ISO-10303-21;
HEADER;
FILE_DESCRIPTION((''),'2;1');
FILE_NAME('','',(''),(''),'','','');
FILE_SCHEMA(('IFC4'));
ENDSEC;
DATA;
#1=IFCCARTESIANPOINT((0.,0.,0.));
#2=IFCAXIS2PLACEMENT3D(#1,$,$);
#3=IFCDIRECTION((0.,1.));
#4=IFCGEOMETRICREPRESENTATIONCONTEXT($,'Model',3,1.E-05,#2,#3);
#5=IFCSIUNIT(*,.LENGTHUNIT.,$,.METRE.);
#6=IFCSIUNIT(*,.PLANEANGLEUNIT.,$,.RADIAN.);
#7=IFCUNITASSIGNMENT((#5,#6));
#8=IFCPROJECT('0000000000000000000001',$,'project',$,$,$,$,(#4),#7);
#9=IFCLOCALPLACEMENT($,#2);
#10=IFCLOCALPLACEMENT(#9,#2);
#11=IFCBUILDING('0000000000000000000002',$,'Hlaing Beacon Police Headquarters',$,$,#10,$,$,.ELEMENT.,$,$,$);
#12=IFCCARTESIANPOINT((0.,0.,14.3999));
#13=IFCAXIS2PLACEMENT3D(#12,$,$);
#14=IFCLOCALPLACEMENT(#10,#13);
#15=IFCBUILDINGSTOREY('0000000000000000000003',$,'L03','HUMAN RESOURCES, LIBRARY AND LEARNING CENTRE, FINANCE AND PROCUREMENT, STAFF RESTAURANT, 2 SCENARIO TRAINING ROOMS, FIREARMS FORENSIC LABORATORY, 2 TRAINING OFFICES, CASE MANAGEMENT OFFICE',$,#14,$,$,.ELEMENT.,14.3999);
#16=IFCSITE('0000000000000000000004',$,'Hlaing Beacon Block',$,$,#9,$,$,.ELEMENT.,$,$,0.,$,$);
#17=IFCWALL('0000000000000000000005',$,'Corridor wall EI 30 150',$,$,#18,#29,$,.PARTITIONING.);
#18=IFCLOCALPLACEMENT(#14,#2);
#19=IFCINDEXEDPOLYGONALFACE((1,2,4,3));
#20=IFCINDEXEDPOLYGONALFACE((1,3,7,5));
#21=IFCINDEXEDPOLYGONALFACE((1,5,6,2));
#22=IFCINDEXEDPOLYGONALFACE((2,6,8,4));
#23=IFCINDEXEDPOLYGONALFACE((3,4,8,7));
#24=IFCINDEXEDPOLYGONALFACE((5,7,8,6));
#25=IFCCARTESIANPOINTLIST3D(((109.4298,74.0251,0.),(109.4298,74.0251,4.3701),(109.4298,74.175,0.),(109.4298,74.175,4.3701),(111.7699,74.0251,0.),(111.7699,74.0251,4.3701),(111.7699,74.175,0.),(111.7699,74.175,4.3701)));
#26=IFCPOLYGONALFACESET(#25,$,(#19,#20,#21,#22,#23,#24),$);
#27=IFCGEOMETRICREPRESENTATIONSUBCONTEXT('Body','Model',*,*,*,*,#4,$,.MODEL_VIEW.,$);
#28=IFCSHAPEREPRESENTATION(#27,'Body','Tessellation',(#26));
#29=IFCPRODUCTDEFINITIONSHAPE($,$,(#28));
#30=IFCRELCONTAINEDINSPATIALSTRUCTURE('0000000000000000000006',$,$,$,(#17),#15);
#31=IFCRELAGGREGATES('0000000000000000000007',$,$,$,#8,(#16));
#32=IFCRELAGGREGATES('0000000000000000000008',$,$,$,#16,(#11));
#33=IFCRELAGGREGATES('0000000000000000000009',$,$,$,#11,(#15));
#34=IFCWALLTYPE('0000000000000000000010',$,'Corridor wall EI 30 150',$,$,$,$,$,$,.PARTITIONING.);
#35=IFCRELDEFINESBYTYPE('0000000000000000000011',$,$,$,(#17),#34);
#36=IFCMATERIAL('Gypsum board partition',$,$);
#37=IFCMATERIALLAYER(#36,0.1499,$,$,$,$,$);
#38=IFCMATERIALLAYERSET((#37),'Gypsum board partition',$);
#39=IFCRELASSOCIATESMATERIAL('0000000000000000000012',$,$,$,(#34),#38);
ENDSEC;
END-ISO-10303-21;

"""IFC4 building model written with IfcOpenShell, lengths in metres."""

from ifc_helpers import new_model, si_unit, direction, frame, frame_2d, origin, place, context, subcontext, project, spatial, rectangle, extrude, material, layer, layer_set, type_object, element, save


model = new_model("IFC4")

# Units and contexts
model_context = context("Model", 3, precision=1e-05, world=origin(), true_north=direction((0.0, 1.0)))
body_context = subcontext(model_context, "Body", "Model", "MODEL_VIEW")
ifc_project = project(units=[si_unit("LENGTHUNIT", "METRE"), si_unit("PLANEANGLEUNIT", "RADIAN")], contexts=[model_context])

# Site, building, storey
site_placement = place(None, origin())
site = spatial("IfcSite", under=ifc_project, at=site_placement, Name="Hlaing Beacon Block", CompositionType="ELEMENT", RefElevation=0.0)
building_placement = place(site_placement, origin())
building = spatial("IfcBuilding", under=site, at=building_placement, Name="Hlaing Beacon Police Headquarters", CompositionType="ELEMENT")
storey_placement = place(building_placement, frame((0.0, 0.0, 14.3999)))
storey = spatial("IfcBuildingStorey", under=building, at=storey_placement, Name="L03", Description="HUMAN RESOURCES, LIBRARY AND LEARNING CENTRE, FINANCE AND PROCUREMENT, STAFF RESTAURANT, 2 SCENARIO TRAINING ROOMS, FIREARMS FORENSIC LABORATORY, 2 TRAINING OFFICES, CASE MANAGEMENT OFFICE", CompositionType="ELEMENT", Elevation=14.3999)

# Shared definitions
ifc_material_1 = material(Name="Gypsum board partition")
ifc_layer_1 = layer(ifc_material_1, 0.1499)
ifc_layer_set_1 = layer_set([ifc_layer_1], Name="Gypsum board partition")
wall_type = type_object("IfcWallType", Name="Corridor wall EI 30 150", PredefinedType="PARTITIONING", material=ifc_layer_set_1)

# Wall
wall_1_placement = place(storey_placement, frame((109.4299, 74.1001, 0.0), z_axis=(0.0, 0.0, 1.0), x_axis=(1.0, 0.0, 0.0)))
element("IfcWall", 1, at=wall_1_placement, inside=storey, type_object=wall_type, Name="Corridor wall EI 30 150", PredefinedType="PARTITIONING", context=body_context, shape_type="SweptSolid", body=[
    extrude(rectangle(XDim=2.3401, YDim=0.1499, at=frame_2d((1.1699, 0.0))), origin(), (0.0, 0.0, 1.0), 4.3701),
])

save(model, "model.ifc")
